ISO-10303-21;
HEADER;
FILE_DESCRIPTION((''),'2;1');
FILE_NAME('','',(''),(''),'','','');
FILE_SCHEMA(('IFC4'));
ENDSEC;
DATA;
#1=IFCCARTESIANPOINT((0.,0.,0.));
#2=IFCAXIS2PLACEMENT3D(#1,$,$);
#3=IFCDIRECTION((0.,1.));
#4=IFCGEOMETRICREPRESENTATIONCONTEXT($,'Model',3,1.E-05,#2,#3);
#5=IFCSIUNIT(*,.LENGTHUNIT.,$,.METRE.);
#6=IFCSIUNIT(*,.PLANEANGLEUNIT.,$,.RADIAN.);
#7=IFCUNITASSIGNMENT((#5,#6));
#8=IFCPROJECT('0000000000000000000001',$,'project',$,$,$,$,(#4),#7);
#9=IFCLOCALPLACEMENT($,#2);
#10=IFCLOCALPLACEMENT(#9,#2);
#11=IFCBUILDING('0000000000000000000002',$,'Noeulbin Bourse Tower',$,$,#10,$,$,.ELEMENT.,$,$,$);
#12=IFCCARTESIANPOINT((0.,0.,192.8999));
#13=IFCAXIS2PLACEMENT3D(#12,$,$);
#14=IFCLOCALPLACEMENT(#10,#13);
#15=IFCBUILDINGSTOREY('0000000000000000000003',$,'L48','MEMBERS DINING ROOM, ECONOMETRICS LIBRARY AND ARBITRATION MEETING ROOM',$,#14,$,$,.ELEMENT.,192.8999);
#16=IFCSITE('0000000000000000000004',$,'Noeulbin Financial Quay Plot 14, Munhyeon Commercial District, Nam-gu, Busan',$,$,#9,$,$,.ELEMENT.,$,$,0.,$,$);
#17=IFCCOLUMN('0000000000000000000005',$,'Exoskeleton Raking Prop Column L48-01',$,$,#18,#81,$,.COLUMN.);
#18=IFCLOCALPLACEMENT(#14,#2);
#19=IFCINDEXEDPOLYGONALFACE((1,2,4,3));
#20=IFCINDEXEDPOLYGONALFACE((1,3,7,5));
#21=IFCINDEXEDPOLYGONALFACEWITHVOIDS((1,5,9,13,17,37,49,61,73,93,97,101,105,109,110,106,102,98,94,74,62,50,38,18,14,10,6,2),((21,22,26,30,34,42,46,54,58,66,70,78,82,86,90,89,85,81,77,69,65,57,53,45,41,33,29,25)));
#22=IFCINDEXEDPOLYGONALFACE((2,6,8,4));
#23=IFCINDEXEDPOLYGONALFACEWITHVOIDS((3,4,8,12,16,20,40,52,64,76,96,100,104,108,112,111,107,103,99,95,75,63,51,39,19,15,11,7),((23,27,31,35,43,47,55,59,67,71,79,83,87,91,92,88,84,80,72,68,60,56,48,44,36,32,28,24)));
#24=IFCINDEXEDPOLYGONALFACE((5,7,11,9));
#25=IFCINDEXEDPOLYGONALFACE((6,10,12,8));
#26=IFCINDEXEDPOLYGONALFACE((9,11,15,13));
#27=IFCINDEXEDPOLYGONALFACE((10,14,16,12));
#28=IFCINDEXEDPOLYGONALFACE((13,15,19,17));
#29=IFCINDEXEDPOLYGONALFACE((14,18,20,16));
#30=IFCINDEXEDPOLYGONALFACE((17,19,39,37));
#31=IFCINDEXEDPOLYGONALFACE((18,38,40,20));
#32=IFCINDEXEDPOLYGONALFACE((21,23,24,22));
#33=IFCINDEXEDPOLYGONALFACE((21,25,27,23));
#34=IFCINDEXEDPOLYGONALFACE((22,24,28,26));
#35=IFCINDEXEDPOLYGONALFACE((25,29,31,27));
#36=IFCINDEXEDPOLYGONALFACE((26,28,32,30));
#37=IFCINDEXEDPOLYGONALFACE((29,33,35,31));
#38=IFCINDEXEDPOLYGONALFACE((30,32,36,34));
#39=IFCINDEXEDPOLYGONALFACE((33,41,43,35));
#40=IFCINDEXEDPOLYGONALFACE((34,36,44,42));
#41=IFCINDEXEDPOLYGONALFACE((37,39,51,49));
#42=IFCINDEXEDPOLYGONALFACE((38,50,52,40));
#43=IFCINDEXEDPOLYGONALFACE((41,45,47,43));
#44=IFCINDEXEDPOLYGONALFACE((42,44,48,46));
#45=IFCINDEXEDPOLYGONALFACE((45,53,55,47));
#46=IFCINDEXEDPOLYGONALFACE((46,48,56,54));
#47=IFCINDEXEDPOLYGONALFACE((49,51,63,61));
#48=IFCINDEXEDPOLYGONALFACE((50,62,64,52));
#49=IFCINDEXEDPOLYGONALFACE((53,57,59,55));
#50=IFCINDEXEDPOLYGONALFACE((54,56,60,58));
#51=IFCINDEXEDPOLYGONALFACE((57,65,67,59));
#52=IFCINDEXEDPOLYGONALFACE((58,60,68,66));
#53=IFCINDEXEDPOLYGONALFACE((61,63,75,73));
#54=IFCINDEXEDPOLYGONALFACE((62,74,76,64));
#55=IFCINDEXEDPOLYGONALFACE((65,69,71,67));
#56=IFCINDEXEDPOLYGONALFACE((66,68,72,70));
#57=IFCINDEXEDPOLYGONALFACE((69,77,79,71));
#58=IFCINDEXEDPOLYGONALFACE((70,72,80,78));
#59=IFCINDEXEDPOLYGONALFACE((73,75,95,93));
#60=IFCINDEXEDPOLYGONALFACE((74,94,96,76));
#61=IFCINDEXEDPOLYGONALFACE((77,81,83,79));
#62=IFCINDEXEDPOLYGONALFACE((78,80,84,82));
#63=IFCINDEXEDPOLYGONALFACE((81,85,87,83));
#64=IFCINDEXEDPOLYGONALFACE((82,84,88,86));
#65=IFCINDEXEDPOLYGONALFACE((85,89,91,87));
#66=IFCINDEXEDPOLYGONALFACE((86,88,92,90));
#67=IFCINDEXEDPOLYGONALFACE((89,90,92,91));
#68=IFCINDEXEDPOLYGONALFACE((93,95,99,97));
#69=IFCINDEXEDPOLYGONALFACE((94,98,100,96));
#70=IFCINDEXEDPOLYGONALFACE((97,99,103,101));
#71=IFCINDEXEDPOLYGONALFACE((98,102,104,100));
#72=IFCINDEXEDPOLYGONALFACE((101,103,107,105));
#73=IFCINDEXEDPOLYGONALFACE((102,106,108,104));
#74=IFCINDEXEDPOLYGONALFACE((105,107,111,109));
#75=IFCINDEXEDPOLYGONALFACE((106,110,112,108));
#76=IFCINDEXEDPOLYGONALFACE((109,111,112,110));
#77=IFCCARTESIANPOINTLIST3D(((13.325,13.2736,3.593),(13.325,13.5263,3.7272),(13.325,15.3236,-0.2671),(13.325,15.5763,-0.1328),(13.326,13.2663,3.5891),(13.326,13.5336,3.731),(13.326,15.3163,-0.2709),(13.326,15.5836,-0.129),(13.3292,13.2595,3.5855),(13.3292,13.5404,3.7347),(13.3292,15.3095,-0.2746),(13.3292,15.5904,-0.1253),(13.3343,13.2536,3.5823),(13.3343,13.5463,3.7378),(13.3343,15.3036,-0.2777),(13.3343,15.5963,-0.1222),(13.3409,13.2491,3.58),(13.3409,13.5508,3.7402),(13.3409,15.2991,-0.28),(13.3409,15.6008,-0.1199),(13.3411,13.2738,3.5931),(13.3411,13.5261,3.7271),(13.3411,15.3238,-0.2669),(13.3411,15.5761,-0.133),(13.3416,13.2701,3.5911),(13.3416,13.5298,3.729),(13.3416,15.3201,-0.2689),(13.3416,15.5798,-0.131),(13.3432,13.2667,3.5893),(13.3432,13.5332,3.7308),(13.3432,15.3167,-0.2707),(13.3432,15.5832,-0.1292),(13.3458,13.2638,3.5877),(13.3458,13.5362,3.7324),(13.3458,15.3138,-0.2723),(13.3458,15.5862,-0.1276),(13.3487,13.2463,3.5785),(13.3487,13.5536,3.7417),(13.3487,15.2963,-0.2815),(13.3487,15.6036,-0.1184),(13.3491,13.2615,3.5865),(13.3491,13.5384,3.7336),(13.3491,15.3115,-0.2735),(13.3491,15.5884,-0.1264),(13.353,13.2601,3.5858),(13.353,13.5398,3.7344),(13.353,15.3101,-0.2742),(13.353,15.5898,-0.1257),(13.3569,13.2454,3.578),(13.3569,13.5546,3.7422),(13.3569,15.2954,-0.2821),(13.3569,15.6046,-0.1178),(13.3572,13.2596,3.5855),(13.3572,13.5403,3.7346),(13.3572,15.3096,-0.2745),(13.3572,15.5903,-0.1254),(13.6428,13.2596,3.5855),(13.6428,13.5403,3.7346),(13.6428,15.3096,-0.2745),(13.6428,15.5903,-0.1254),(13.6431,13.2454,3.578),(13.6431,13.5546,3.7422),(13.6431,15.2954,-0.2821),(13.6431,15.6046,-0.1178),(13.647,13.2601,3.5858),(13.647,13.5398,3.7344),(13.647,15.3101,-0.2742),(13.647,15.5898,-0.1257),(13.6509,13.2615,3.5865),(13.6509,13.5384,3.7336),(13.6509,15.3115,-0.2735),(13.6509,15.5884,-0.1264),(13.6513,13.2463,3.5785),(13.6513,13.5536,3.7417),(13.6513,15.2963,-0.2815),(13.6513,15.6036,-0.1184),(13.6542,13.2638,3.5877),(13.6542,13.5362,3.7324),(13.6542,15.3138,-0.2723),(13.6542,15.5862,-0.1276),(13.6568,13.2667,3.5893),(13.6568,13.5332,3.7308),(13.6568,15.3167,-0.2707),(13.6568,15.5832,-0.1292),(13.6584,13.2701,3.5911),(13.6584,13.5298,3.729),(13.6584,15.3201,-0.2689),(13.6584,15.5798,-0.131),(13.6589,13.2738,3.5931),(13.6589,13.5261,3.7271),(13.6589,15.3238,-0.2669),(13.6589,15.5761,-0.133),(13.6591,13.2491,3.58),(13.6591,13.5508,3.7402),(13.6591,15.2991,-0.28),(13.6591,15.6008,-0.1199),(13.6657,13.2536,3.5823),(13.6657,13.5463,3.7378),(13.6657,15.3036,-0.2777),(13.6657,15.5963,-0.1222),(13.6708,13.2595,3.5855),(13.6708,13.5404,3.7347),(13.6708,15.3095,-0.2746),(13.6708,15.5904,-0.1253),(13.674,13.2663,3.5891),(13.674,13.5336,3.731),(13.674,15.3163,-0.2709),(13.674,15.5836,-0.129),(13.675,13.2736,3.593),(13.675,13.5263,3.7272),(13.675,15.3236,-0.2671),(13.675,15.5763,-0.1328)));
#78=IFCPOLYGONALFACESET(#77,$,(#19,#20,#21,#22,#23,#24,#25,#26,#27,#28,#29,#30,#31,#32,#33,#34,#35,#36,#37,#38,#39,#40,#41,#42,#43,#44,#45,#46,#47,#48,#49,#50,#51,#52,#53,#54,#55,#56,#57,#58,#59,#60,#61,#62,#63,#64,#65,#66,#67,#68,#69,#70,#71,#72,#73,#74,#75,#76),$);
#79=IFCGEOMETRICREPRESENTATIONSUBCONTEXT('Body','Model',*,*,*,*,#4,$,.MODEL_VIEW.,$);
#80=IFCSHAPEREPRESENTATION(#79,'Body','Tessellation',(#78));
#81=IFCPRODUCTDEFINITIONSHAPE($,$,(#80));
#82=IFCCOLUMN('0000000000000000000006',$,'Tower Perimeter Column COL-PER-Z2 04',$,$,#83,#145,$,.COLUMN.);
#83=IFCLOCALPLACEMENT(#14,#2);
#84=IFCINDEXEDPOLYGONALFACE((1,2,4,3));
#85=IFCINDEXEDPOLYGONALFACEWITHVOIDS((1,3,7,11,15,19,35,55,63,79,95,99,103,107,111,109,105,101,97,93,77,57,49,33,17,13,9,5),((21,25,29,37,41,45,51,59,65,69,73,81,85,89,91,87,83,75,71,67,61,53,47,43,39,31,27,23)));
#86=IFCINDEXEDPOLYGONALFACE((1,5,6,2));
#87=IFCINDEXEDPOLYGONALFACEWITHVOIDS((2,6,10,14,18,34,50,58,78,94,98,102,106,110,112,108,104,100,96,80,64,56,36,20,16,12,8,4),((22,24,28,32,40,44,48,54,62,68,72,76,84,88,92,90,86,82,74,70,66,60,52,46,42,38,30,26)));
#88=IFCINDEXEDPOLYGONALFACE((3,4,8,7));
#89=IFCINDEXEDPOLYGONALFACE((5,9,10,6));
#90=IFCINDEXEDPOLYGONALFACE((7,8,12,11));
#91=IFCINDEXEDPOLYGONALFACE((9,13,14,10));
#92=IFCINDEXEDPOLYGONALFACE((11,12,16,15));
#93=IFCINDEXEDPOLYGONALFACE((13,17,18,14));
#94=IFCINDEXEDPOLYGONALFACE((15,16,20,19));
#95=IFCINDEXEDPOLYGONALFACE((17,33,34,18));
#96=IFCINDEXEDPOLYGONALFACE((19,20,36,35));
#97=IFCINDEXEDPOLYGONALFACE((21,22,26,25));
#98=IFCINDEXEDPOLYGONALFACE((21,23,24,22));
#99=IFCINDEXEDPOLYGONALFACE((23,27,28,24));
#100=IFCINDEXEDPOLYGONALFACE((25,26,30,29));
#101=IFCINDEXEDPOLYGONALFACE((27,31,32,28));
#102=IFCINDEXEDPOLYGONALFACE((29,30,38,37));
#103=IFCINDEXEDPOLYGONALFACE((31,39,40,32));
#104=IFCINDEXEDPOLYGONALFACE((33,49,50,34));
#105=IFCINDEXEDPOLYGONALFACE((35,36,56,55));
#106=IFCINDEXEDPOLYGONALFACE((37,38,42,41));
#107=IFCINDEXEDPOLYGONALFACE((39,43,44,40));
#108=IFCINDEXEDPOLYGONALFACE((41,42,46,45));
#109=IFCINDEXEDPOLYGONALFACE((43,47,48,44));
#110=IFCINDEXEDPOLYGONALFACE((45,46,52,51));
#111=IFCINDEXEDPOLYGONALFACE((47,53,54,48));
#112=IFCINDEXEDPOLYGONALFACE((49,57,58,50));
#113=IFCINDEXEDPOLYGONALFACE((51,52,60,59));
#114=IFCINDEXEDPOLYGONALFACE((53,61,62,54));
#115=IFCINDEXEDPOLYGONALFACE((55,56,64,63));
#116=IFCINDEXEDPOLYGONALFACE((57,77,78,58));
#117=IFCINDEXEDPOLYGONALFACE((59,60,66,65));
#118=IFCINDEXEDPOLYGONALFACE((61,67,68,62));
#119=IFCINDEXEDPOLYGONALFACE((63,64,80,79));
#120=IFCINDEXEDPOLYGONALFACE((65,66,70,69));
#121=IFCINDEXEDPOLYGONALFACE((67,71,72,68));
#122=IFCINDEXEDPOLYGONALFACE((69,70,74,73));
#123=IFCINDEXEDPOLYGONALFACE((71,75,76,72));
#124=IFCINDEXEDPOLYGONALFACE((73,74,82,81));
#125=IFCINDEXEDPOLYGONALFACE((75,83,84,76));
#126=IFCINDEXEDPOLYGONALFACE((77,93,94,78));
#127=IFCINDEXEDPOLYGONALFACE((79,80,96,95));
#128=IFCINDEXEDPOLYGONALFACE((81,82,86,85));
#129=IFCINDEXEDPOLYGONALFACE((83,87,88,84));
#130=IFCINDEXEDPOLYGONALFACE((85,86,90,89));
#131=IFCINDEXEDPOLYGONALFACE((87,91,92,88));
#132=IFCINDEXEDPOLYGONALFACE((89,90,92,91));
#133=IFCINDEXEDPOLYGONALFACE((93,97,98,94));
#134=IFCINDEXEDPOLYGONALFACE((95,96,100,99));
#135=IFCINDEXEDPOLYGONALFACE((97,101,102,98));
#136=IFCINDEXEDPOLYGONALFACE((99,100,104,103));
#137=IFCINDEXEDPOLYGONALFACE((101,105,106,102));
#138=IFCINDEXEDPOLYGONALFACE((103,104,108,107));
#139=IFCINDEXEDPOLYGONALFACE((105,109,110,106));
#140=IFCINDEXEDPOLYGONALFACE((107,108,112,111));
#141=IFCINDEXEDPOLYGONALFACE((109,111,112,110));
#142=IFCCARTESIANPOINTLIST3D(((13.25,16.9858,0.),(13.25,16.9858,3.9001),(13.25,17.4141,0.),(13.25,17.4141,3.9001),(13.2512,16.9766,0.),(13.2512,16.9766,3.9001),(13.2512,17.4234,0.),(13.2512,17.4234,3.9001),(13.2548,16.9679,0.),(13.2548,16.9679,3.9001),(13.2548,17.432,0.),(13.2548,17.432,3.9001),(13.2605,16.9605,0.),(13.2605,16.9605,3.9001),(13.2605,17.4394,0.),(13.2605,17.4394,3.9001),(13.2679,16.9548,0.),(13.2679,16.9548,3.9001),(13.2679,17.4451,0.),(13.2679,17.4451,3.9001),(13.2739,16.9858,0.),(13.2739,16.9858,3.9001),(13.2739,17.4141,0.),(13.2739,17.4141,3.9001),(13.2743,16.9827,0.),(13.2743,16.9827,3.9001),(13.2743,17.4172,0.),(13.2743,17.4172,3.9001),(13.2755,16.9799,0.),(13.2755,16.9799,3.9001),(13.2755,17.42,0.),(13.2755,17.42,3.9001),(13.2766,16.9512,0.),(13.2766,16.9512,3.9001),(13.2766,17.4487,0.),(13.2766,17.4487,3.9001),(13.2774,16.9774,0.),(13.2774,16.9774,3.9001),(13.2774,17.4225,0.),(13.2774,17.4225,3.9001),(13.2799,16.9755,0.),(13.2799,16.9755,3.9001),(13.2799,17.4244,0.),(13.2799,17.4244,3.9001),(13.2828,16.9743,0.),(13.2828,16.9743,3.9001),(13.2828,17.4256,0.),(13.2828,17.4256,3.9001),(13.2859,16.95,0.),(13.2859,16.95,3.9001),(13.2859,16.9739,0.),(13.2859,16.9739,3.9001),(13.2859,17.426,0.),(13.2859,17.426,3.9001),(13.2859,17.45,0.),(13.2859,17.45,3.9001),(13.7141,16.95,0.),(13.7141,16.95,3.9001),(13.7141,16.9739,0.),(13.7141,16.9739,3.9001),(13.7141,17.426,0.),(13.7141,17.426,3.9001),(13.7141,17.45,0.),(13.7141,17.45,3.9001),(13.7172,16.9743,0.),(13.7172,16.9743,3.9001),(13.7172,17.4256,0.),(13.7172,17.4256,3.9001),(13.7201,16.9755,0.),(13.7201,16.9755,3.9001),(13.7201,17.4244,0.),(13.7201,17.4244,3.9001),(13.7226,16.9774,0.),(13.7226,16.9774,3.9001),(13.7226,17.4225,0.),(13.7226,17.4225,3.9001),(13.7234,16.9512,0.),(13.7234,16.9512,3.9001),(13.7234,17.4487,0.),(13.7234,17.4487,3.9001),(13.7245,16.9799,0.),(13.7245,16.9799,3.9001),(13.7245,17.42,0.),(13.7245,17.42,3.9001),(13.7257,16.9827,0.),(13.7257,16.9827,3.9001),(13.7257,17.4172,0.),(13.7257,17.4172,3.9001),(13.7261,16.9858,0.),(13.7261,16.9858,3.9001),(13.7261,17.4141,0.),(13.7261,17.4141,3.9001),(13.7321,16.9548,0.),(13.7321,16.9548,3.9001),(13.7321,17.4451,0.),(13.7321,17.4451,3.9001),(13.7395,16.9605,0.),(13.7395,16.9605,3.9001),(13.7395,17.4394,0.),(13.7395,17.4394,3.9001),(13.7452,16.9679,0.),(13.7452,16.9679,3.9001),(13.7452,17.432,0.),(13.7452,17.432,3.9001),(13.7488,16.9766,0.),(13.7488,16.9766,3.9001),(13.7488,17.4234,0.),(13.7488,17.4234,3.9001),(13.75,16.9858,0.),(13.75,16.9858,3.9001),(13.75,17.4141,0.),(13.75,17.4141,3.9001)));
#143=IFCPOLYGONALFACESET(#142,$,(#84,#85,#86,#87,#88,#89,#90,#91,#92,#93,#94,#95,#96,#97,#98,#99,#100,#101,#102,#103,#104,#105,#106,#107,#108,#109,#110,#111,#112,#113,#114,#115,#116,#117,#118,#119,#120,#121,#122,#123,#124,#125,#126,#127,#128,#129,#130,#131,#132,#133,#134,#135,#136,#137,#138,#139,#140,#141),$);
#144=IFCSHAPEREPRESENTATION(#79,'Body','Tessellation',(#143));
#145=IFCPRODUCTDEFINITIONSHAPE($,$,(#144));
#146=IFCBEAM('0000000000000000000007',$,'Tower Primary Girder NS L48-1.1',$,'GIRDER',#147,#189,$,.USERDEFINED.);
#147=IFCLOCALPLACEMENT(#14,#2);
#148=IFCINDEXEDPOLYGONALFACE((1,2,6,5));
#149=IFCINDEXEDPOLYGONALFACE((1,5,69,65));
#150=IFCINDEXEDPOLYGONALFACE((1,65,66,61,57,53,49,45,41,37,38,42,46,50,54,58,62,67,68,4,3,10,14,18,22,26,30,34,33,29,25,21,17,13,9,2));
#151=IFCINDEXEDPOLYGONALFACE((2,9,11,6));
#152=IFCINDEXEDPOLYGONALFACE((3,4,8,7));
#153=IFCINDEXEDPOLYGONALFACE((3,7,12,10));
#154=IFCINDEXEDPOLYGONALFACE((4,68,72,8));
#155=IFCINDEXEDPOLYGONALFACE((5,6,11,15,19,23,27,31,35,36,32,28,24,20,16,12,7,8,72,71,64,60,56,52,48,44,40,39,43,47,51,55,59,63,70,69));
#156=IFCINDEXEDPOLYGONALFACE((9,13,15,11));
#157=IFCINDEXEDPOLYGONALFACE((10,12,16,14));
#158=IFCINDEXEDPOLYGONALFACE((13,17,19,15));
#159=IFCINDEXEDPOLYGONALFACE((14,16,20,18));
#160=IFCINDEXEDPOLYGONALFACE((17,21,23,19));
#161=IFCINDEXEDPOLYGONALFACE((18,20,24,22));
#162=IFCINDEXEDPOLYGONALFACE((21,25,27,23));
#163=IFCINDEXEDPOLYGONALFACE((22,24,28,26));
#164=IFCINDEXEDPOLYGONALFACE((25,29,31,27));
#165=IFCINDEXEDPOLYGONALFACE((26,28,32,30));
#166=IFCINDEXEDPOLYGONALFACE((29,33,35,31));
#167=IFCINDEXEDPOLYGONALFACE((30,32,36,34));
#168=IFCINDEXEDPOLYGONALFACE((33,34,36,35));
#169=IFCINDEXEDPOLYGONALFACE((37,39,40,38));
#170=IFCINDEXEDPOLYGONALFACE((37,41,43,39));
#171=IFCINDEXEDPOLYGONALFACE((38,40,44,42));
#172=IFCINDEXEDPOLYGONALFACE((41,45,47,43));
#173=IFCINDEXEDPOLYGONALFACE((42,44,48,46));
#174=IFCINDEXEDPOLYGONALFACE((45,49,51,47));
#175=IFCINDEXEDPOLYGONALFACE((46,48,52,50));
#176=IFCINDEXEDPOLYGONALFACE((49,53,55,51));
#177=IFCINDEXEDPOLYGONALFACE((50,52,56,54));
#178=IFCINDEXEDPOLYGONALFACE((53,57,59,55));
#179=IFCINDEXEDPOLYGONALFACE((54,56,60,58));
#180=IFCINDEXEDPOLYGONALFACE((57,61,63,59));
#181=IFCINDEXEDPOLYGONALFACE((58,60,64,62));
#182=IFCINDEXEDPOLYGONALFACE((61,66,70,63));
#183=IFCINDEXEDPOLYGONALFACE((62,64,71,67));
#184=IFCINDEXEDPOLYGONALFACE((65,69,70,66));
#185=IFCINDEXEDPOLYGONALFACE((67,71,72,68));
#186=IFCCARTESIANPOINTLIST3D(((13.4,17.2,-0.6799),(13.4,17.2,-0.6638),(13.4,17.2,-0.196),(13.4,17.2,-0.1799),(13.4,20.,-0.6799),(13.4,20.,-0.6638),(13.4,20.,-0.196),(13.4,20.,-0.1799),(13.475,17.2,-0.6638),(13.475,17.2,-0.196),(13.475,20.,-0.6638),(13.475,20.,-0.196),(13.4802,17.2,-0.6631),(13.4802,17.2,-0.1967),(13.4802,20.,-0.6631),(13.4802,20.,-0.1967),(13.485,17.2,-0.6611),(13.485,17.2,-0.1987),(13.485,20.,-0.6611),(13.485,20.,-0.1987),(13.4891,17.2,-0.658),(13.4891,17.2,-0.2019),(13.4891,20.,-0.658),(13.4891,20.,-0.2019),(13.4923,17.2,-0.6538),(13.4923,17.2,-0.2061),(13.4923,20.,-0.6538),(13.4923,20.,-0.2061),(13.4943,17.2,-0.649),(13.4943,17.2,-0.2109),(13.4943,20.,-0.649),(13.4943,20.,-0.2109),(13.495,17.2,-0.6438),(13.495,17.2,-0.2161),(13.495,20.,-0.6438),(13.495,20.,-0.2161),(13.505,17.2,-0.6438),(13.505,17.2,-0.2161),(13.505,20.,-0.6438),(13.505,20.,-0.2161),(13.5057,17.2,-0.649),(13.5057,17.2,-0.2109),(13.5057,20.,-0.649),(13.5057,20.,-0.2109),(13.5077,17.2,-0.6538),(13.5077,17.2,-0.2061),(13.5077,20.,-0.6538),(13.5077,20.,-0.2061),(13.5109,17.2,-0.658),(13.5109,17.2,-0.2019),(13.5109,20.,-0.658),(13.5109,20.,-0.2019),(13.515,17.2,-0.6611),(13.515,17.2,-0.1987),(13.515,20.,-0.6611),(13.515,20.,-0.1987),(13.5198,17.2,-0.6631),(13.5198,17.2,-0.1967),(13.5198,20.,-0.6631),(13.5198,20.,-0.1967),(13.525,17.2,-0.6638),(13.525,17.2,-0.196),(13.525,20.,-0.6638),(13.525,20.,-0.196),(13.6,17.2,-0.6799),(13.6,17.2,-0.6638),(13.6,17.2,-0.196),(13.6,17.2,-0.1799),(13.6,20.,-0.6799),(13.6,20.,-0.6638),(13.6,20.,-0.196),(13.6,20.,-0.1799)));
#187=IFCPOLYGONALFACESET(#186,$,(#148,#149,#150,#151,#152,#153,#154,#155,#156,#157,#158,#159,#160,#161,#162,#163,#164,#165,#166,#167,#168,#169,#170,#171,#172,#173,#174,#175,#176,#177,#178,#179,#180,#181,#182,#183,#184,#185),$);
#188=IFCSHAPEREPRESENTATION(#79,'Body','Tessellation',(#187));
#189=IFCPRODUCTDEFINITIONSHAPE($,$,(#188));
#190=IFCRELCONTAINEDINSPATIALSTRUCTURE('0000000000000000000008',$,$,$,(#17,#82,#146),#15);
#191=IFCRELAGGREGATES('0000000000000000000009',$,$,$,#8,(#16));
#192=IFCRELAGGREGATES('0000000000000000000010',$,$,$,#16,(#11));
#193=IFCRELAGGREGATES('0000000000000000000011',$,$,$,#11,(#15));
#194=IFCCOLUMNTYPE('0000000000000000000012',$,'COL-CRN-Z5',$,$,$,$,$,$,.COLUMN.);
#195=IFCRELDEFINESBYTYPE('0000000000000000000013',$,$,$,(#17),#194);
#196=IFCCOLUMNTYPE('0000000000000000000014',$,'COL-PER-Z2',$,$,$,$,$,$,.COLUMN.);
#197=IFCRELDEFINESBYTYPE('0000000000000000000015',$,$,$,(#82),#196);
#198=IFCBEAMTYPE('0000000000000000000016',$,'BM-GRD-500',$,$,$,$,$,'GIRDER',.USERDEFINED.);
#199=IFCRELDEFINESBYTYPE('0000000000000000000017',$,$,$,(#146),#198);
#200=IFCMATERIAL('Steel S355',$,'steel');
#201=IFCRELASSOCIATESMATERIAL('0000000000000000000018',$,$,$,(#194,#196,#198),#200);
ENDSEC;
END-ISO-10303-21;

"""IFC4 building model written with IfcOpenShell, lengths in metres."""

from ifc_helpers import new_model, si_unit, direction, frame, origin, origin_2d, place, context, subcontext, project, spatial, hollow_rectangle, i_section, extrude, material, material_profile, profile_set, type_object, element, save


model = new_model("IFC4")

# Units and contexts
model_context = context("Model", 3, precision=1e-05, world=origin(), true_north=direction((0.0, 1.0)))
body_context = subcontext(model_context, "Body", "Model", "MODEL_VIEW")
ifc_project = project(units=[si_unit("LENGTHUNIT", "METRE"), si_unit("PLANEANGLEUNIT", "RADIAN")], contexts=[model_context])

# Site, building, storey
site_placement = place(None, origin())
site = spatial("IfcSite", under=ifc_project, at=site_placement, Name="Noeulbin Financial Quay Plot 14, Munhyeon Commercial District, Nam-gu, Busan", CompositionType="ELEMENT", RefElevation=0.0)
building_placement = place(site_placement, origin())
building = spatial("IfcBuilding", under=site, at=building_placement, Name="Noeulbin Bourse Tower", CompositionType="ELEMENT")
storey_placement = place(building_placement, frame((0.0, 0.0, 192.8999)))
storey = spatial("IfcBuildingStorey", under=building, at=storey_placement, Name="L48", Description="MEMBERS DINING ROOM, ECONOMETRICS LIBRARY AND ARBITRATION MEETING ROOM", CompositionType="ELEMENT", Elevation=192.8999)

# Columns
ifc_material_1 = material(Name="Steel S355", Category="steel")
ifc_material_profile_1 = material_profile(ifc_material_1, hollow_rectangle(XDim=0.3501, YDim=0.3501, WallThickness=0.0161, InnerFilletRadius=0.0161, OuterFilletRadius=0.032, at=origin_2d()), Name="SHS-350x350x16", Category="LoadBearing")
ifc_profile_set_1 = profile_set([ifc_material_profile_1], Name="Steel S355")
column_type_1 = type_object("IfcColumnType", Name="COL-CRN-Z5", PredefinedType="COLUMN", material=ifc_profile_set_1)
column_1_placement = place(storey_placement, frame((13.5, 15.45, -0.2), z_axis=(0.0, -0.469042, 0.883176), x_axis=(1.0, 0.0, 0.0)))
element("IfcColumn", 1, at=column_1_placement, inside=storey, type_object=column_type_1, Name="Exoskeleton Raking Prop Column L48-01", PredefinedType="COLUMN", context=body_context, shape_type="SweptSolid", body=[
    extrude(hollow_rectangle(XDim=0.3501, YDim=0.3501, WallThickness=0.0161, InnerFilletRadius=0.0161, OuterFilletRadius=0.032, at=origin_2d()), origin(), (0.0, 0.0, 1.0), 4.3706),
])
ifc_material_profile_2 = material_profile(ifc_material_1, hollow_rectangle(XDim=0.5, YDim=0.5, WallThickness=0.0239, InnerFilletRadius=0.012, OuterFilletRadius=0.0359, at=origin_2d()), Name="BOX-500x500x24", Category="LoadBearing")
ifc_profile_set_2 = profile_set([ifc_material_profile_2], Name="Steel S355")
column_type_2 = type_object("IfcColumnType", Name="COL-PER-Z2", PredefinedType="COLUMN", material=ifc_profile_set_2)
column_2_placement = place(storey_placement, frame((13.5, 17.2, 0.0), z_axis=(0.0, 0.0, 1.0), x_axis=(1.0, 0.0, 0.0)))
element("IfcColumn", 2, at=column_2_placement, inside=storey, type_object=column_type_2, Name="Tower Perimeter Column COL-PER-Z2 04", PredefinedType="COLUMN", context=body_context, shape_type="SweptSolid", body=[
    extrude(hollow_rectangle(XDim=0.5, YDim=0.5, WallThickness=0.0239, InnerFilletRadius=0.012, OuterFilletRadius=0.0359, at=origin_2d()), origin(), (0.0, 0.0, 1.0), 3.9001),
])

# Beam
ifc_material_profile_3 = material_profile(ifc_material_1, i_section(OverallWidth=0.2, OverallDepth=0.5, WebThickness=0.01, FlangeThickness=0.0161, FilletRadius=0.02, at=origin_2d()), Name="H-500x200x10x16", Category="LoadBearing")
ifc_profile_set_3 = profile_set([ifc_material_profile_3], Name="Steel S355")
beam_type_1 = type_object("IfcBeamType", Name="BM-GRD-500", ElementType="GIRDER", PredefinedType="USERDEFINED", material=ifc_profile_set_3)
beam_1_placement = place(storey_placement, frame((13.5, 17.2, -0.4299), z_axis=(0.0, 1.0, 0.0), x_axis=(-1.0, 0.0, 0.0)))
element("IfcBeam", 3, at=beam_1_placement, inside=storey, type_object=beam_type_1, Name="Tower Primary Girder NS L48-1.1", ObjectType="GIRDER", PredefinedType="USERDEFINED", context=body_context, shape_type="SweptSolid", body=[
    extrude(i_section(OverallWidth=0.2, OverallDepth=0.5, WebThickness=0.01, FlangeThickness=0.0161, FilletRadius=0.02, at=origin_2d()), origin(), (0.0, 0.0, 1.0), 2.8),
])

save(model, "model.ifc")
